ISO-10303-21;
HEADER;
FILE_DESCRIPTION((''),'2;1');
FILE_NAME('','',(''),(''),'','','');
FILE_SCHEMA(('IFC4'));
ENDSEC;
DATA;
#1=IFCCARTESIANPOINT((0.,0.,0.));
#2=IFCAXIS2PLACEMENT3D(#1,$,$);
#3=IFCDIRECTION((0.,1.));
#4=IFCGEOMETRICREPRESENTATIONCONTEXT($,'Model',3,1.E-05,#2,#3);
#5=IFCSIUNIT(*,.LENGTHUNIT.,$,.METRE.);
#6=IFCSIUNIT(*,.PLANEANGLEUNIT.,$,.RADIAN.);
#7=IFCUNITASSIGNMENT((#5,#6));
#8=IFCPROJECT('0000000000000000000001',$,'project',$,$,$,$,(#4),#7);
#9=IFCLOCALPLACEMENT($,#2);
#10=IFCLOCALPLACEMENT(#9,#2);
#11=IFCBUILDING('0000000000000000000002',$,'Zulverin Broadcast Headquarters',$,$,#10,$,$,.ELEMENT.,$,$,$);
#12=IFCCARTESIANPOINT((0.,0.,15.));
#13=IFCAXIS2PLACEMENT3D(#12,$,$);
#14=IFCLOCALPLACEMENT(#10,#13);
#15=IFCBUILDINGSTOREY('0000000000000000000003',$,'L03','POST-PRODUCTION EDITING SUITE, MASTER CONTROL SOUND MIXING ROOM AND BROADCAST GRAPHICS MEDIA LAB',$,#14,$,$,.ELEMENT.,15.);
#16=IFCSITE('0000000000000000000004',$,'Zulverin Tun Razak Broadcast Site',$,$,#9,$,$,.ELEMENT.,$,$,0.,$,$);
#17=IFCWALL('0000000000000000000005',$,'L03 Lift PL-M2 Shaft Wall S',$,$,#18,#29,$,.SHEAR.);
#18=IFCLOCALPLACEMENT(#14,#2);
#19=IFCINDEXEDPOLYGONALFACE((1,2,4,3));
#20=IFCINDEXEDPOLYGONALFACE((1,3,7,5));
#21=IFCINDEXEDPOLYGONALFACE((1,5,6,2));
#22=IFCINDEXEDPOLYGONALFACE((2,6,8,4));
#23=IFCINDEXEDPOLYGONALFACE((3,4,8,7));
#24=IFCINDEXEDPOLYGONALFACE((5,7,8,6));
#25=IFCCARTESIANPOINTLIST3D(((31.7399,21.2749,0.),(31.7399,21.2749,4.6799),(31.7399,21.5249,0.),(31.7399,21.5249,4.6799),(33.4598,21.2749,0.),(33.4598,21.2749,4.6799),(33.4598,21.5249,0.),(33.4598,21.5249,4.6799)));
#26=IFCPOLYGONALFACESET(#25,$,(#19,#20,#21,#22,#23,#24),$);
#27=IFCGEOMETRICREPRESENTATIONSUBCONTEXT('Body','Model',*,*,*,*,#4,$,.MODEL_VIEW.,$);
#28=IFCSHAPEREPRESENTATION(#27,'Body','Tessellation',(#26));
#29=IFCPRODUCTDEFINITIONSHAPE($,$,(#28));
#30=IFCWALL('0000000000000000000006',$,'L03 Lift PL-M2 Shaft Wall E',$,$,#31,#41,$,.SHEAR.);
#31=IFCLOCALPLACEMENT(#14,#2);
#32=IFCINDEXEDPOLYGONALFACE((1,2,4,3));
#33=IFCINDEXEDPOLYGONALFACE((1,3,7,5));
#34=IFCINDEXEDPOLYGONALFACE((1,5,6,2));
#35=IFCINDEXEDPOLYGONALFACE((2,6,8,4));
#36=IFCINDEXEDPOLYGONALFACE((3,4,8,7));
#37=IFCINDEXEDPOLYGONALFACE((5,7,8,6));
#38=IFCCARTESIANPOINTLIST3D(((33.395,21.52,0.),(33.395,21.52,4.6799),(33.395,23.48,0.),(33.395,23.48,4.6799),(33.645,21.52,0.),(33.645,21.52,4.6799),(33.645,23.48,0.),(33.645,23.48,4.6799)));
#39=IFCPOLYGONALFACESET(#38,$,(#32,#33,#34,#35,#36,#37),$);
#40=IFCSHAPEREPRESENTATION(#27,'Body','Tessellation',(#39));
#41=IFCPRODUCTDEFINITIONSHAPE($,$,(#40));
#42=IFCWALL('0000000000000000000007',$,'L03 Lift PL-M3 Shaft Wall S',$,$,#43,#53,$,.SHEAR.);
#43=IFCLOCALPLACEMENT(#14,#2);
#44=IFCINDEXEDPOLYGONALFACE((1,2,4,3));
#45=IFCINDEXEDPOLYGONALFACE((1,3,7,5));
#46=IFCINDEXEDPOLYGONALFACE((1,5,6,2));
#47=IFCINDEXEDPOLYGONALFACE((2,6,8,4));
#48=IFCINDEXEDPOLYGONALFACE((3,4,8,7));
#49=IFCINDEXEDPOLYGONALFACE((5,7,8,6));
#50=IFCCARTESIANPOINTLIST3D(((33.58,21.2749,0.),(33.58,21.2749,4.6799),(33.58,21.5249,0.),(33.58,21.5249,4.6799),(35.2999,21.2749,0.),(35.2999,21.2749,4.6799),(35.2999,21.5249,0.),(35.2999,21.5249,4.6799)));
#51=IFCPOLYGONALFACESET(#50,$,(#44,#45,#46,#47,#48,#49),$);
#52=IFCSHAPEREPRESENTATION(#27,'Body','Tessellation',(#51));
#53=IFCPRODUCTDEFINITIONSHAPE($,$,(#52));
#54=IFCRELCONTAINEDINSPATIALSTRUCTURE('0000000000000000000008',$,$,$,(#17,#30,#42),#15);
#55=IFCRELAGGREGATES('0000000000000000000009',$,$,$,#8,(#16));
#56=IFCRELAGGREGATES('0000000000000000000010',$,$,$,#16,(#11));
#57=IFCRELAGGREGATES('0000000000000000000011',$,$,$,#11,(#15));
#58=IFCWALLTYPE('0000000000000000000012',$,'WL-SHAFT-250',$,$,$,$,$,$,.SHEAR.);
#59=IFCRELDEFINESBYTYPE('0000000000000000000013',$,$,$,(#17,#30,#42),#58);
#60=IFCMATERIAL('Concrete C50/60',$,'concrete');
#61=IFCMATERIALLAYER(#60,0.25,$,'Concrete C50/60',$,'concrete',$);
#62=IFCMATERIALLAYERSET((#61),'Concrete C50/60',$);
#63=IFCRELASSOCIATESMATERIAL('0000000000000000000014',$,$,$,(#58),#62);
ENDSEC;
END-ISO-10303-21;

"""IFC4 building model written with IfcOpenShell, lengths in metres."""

from ifc_helpers import new_model, si_unit, direction, frame, frame_2d, origin, place, context, subcontext, project, spatial, rectangle, extrude, material, layer, layer_set, type_object, element, save


model = new_model("IFC4")

# Units and contexts
model_context = context("Model", 3, precision=1e-05, world=origin(), true_north=direction((0.0, 1.0)))
body_context = subcontext(model_context, "Body", "Model", "MODEL_VIEW")
ifc_project = project(units=[si_unit("LENGTHUNIT", "METRE"), si_unit("PLANEANGLEUNIT", "RADIAN")], contexts=[model_context])

# Site, building, storey
site_placement = place(None, origin())
site = spatial("IfcSite", under=ifc_project, at=site_placement, Name="Zulverin Tun Razak Broadcast Site", CompositionType="ELEMENT", RefElevation=0.0)
building_placement = place(site_placement, origin())
building = spatial("IfcBuilding", under=site, at=building_placement, Name="Zulverin Broadcast Headquarters", CompositionType="ELEMENT")
storey_placement = place(building_placement, frame((0.0, 0.0, 15.0)))
storey = spatial("IfcBuildingStorey", under=building, at=storey_placement, Name="L03", Description="POST-PRODUCTION EDITING SUITE, MASTER CONTROL SOUND MIXING ROOM AND BROADCAST GRAPHICS MEDIA LAB", CompositionType="ELEMENT", Elevation=15.0)

# Walls
ifc_material_1 = material(Name="Concrete C50/60", Category="concrete")
ifc_layer_1 = layer(ifc_material_1, 0.25, Name="Concrete C50/60", Category="concrete")
ifc_layer_set_1 = layer_set([ifc_layer_1], Name="Concrete C50/60")
wall_type_1 = type_object("IfcWallType", Name="WL-SHAFT-250", PredefinedType="SHEAR", material=ifc_layer_set_1)
wall_1_placement = place(storey_placement, frame((31.74, 21.3999, 0.0), z_axis=(0.0, 0.0, 1.0), x_axis=(1.0, 0.0, 0.0)))
element("IfcWall", 1, at=wall_1_placement, inside=storey, type_object=wall_type_1, Name="L03 Lift PL-M2 Shaft Wall S", PredefinedType="SHEAR", context=body_context, shape_type="SweptSolid", body=[
    extrude(rectangle(XDim=1.72, YDim=0.25, at=frame_2d((0.8599, 0.0))), origin(), (0.0, 0.0, 1.0), 4.6799),
])
wall_2_placement = place(storey_placement, frame((33.52, 21.52, 0.0), z_axis=(0.0, 0.0, 1.0), x_axis=(0.0, 1.0, 0.0)))
element("IfcWall", 2, at=wall_2_placement, inside=storey, type_object=wall_type_1, Name="L03 Lift PL-M2 Shaft Wall E", PredefinedType="SHEAR", context=body_context, shape_type="SweptSolid", body=[
    extrude(rectangle(XDim=1.96, YDim=0.25, at=frame_2d((0.98, 0.0))), origin(), (0.0, 0.0, 1.0), 4.6799),
])
wall_3_placement = place(storey_placement, frame((33.5801, 21.3999, 0.0), z_axis=(0.0, 0.0, 1.0), x_axis=(1.0, 0.0, 0.0)))
element("IfcWall", 3, at=wall_3_placement, inside=storey, type_object=wall_type_1, Name="L03 Lift PL-M3 Shaft Wall S", PredefinedType="SHEAR", context=body_context, shape_type="SweptSolid", body=[
    extrude(rectangle(XDim=1.72, YDim=0.25, at=frame_2d((0.8599, 0.0))), origin(), (0.0, 0.0, 1.0), 4.6799),
])

save(model, "model.ifc")
